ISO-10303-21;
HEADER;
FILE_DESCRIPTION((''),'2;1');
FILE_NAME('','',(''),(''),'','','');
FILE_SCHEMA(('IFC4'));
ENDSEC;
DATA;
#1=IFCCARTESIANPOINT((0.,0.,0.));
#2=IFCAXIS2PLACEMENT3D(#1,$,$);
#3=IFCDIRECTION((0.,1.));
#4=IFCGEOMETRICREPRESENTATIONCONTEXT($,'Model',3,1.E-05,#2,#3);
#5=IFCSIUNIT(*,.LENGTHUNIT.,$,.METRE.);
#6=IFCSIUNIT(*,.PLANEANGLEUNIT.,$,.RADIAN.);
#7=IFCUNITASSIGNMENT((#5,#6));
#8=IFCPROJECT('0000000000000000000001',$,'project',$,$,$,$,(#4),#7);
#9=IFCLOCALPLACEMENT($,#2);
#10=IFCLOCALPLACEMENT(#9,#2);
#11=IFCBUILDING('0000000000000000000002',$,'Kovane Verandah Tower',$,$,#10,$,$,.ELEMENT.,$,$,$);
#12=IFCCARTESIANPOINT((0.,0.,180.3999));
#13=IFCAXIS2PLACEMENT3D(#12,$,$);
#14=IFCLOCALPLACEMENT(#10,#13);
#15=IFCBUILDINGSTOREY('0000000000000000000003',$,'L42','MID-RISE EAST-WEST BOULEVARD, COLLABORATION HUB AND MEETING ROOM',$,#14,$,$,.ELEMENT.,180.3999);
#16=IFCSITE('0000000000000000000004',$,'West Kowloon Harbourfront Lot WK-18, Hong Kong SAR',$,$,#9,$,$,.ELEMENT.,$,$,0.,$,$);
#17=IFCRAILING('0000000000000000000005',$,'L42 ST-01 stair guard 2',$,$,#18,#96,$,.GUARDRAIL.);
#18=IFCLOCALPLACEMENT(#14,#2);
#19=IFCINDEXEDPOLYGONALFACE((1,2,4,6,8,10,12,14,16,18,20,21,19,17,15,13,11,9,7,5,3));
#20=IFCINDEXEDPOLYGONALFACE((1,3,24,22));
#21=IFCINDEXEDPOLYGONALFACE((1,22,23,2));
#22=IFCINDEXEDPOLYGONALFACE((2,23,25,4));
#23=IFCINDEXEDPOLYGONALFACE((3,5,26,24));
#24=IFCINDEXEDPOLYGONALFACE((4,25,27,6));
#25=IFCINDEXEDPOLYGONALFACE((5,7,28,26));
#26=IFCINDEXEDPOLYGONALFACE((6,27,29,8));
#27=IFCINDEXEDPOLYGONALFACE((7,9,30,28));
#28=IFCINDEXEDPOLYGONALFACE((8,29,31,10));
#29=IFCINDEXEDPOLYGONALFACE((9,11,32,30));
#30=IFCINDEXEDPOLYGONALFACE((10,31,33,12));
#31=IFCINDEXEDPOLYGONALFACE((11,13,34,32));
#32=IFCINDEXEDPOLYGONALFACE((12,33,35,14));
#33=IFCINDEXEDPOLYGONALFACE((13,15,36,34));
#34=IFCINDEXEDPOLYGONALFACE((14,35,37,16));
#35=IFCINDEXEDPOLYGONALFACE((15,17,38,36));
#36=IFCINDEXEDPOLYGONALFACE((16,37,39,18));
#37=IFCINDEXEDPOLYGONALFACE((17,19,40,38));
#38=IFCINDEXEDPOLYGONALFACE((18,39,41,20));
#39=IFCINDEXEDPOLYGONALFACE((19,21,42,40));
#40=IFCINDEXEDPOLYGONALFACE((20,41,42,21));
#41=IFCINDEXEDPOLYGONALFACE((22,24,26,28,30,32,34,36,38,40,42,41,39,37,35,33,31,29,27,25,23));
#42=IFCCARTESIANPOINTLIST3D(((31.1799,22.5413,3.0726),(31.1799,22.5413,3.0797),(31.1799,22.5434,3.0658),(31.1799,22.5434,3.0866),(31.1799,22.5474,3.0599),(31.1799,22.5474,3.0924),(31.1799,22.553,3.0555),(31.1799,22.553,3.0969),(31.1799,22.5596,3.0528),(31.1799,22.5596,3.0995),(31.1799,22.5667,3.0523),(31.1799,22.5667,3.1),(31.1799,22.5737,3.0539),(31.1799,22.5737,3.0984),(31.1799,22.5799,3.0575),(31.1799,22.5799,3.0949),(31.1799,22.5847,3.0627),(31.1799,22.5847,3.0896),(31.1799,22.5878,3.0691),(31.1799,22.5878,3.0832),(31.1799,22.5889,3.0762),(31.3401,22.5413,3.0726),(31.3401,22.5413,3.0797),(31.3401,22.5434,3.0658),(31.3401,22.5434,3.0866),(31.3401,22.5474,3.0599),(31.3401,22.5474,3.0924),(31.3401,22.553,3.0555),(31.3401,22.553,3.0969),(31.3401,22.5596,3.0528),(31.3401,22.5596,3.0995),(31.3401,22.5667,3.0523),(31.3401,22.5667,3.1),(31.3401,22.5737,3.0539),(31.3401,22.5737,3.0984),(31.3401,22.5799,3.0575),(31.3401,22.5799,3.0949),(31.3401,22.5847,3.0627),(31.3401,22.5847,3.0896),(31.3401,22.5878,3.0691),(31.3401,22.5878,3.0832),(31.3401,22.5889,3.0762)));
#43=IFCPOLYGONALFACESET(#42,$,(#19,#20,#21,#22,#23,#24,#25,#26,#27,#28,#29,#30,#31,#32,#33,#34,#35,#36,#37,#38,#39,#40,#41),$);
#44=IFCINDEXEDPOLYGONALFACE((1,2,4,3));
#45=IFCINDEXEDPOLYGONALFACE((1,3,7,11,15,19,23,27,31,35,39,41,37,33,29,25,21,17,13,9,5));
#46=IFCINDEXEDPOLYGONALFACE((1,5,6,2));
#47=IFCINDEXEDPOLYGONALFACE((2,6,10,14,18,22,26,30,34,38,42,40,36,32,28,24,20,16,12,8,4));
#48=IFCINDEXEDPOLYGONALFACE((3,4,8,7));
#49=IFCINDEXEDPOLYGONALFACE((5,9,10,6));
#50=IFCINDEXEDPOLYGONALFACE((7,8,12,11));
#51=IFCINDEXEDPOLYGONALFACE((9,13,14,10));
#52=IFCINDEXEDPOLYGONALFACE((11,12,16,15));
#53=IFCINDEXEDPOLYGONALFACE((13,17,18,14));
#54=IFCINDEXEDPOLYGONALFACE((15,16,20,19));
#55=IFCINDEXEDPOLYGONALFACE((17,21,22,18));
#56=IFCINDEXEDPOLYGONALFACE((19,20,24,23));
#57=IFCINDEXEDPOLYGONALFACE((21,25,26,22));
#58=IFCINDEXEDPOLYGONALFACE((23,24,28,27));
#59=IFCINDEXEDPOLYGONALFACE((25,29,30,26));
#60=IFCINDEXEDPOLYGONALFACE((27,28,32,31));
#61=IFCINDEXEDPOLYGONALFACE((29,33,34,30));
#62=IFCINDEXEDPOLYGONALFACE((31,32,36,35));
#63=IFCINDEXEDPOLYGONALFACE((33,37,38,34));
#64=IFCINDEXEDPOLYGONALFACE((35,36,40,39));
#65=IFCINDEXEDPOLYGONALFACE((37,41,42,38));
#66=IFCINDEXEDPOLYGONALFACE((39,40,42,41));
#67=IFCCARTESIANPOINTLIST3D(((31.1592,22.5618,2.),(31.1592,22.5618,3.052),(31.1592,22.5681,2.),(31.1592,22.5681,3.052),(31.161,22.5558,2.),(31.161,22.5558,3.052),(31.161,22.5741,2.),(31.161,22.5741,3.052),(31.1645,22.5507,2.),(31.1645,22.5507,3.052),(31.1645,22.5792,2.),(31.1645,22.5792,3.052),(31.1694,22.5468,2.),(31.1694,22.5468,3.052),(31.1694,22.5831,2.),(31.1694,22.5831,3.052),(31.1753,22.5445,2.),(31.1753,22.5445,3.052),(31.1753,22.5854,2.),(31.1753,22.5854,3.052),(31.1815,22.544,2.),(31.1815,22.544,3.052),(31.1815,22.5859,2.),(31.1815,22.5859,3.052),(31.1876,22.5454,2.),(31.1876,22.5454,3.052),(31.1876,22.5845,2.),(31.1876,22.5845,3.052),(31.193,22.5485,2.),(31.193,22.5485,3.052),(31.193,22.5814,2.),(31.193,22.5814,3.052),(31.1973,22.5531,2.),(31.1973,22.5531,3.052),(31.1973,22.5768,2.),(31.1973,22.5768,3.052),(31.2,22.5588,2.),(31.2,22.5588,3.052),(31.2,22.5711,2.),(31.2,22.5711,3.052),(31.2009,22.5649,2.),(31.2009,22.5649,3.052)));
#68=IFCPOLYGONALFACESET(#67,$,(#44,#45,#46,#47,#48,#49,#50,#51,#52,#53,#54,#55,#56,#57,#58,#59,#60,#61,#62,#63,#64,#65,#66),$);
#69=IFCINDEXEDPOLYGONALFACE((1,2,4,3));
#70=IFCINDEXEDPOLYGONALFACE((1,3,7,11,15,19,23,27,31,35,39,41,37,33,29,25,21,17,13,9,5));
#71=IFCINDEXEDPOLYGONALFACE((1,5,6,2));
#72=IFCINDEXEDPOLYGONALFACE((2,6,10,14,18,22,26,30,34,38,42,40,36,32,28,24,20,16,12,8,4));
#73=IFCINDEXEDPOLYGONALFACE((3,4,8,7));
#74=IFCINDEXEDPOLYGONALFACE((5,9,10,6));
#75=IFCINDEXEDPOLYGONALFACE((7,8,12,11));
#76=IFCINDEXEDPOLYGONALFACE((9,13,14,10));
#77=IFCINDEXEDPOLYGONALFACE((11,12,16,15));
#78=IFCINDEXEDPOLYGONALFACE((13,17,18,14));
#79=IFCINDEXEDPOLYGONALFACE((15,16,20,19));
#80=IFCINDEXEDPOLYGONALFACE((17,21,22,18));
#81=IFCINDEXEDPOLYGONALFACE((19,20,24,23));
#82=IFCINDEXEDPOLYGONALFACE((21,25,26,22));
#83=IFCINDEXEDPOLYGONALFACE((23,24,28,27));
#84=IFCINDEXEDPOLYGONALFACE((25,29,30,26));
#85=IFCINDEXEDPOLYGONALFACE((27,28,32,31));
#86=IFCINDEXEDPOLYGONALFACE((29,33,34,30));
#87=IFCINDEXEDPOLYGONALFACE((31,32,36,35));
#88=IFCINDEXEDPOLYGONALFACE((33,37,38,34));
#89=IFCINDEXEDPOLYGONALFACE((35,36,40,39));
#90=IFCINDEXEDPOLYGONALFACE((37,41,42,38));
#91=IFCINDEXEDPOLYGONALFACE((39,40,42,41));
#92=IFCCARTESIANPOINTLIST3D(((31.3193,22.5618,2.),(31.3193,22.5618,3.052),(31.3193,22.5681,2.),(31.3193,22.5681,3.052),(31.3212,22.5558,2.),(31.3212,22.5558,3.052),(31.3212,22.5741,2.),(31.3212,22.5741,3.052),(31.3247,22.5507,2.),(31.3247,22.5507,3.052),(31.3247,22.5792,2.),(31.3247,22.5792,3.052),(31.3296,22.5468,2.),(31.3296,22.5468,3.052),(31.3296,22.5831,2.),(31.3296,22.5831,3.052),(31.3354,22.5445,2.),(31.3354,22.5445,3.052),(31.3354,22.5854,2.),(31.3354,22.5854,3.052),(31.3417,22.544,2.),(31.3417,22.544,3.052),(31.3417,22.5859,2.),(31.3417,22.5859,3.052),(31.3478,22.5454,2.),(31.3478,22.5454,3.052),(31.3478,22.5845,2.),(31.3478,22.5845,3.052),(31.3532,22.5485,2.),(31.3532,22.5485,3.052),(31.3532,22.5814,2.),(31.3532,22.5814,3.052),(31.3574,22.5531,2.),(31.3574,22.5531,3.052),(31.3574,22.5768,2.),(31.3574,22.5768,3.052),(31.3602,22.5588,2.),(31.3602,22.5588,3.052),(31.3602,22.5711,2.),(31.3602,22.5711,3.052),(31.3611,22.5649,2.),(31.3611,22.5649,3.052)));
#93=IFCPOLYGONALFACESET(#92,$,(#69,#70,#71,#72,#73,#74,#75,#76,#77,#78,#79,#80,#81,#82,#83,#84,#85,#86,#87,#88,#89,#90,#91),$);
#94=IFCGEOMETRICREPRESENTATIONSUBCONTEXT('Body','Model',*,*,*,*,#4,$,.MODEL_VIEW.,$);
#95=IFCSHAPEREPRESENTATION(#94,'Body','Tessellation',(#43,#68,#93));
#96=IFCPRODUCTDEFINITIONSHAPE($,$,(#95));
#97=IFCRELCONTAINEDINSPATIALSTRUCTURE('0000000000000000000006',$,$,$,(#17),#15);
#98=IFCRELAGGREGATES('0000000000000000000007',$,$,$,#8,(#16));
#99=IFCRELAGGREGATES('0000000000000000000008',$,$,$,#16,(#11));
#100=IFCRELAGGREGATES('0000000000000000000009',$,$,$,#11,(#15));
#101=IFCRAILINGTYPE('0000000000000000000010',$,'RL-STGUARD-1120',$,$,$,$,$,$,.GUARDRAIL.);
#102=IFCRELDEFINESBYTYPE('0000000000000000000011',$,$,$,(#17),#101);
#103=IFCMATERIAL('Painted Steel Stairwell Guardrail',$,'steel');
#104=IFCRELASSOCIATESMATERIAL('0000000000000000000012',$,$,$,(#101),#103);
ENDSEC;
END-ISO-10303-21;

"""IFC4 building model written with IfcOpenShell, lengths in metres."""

from ifc_helpers import new_model, si_unit, direction, frame, origin, origin_2d, place, context, subcontext, project, spatial, circle, extrude, material, type_object, element, save


model = new_model("IFC4")

# Units and contexts
model_context = context("Model", 3, precision=1e-05, world=origin(), true_north=direction((0.0, 1.0)))
body_context = subcontext(model_context, "Body", "Model", "MODEL_VIEW")
ifc_project = project(units=[si_unit("LENGTHUNIT", "METRE"), si_unit("PLANEANGLEUNIT", "RADIAN")], contexts=[model_context])

# Site, building, storey
site_placement = place(None, origin())
site = spatial("IfcSite", under=ifc_project, at=site_placement, Name="West Kowloon Harbourfront Lot WK-18, Hong Kong SAR", CompositionType="ELEMENT", RefElevation=0.0)
building_placement = place(site_placement, origin())
building = spatial("IfcBuilding", under=site, at=building_placement, Name="Kovane Verandah Tower", CompositionType="ELEMENT")
storey_placement = place(building_placement, frame((0.0, 0.0, 180.3999)))
storey = spatial("IfcBuildingStorey", under=building, at=storey_placement, Name="L42", Description="MID-RISE EAST-WEST BOULEVARD, COLLABORATION HUB AND MEETING ROOM", CompositionType="ELEMENT", Elevation=180.3999)

# Railing
ifc_material_1 = material(Name="Painted Steel Stairwell Guardrail", Category="steel")
railing_type_1 = type_object("IfcRailingType", Name="RL-STGUARD-1120", PredefinedType="GUARDRAIL", material=ifc_material_1)
railing_1_placement = place(storey_placement, frame((31.1799, 22.5649, 2.0)))
element("IfcRailing", 1, at=railing_1_placement, inside=storey, type_object=railing_type_1, Name="L42 ST-01 stair guard 2", PredefinedType="GUARDRAIL", context=body_context, shape_type="SweptSolid", body=[
    extrude(circle(Radius=0.0239, at=origin_2d()), frame((0.0, 0.0, 1.0762), z_axis=(1.0, 0.0, 0.0), x_axis=(0.0, 1.0, 0.0)), (0.0, 0.0, 1.0), 0.1602),
    extrude(circle(Radius=0.021, at=origin_2d()), origin(), (0.0, 0.0, 1.0), 1.052),
    extrude(circle(Radius=0.021, at=origin_2d()), frame((0.1602, 0.0, 0.0)), (0.0, 0.0, 1.0), 1.052),
])

save(model, "model.ifc")
